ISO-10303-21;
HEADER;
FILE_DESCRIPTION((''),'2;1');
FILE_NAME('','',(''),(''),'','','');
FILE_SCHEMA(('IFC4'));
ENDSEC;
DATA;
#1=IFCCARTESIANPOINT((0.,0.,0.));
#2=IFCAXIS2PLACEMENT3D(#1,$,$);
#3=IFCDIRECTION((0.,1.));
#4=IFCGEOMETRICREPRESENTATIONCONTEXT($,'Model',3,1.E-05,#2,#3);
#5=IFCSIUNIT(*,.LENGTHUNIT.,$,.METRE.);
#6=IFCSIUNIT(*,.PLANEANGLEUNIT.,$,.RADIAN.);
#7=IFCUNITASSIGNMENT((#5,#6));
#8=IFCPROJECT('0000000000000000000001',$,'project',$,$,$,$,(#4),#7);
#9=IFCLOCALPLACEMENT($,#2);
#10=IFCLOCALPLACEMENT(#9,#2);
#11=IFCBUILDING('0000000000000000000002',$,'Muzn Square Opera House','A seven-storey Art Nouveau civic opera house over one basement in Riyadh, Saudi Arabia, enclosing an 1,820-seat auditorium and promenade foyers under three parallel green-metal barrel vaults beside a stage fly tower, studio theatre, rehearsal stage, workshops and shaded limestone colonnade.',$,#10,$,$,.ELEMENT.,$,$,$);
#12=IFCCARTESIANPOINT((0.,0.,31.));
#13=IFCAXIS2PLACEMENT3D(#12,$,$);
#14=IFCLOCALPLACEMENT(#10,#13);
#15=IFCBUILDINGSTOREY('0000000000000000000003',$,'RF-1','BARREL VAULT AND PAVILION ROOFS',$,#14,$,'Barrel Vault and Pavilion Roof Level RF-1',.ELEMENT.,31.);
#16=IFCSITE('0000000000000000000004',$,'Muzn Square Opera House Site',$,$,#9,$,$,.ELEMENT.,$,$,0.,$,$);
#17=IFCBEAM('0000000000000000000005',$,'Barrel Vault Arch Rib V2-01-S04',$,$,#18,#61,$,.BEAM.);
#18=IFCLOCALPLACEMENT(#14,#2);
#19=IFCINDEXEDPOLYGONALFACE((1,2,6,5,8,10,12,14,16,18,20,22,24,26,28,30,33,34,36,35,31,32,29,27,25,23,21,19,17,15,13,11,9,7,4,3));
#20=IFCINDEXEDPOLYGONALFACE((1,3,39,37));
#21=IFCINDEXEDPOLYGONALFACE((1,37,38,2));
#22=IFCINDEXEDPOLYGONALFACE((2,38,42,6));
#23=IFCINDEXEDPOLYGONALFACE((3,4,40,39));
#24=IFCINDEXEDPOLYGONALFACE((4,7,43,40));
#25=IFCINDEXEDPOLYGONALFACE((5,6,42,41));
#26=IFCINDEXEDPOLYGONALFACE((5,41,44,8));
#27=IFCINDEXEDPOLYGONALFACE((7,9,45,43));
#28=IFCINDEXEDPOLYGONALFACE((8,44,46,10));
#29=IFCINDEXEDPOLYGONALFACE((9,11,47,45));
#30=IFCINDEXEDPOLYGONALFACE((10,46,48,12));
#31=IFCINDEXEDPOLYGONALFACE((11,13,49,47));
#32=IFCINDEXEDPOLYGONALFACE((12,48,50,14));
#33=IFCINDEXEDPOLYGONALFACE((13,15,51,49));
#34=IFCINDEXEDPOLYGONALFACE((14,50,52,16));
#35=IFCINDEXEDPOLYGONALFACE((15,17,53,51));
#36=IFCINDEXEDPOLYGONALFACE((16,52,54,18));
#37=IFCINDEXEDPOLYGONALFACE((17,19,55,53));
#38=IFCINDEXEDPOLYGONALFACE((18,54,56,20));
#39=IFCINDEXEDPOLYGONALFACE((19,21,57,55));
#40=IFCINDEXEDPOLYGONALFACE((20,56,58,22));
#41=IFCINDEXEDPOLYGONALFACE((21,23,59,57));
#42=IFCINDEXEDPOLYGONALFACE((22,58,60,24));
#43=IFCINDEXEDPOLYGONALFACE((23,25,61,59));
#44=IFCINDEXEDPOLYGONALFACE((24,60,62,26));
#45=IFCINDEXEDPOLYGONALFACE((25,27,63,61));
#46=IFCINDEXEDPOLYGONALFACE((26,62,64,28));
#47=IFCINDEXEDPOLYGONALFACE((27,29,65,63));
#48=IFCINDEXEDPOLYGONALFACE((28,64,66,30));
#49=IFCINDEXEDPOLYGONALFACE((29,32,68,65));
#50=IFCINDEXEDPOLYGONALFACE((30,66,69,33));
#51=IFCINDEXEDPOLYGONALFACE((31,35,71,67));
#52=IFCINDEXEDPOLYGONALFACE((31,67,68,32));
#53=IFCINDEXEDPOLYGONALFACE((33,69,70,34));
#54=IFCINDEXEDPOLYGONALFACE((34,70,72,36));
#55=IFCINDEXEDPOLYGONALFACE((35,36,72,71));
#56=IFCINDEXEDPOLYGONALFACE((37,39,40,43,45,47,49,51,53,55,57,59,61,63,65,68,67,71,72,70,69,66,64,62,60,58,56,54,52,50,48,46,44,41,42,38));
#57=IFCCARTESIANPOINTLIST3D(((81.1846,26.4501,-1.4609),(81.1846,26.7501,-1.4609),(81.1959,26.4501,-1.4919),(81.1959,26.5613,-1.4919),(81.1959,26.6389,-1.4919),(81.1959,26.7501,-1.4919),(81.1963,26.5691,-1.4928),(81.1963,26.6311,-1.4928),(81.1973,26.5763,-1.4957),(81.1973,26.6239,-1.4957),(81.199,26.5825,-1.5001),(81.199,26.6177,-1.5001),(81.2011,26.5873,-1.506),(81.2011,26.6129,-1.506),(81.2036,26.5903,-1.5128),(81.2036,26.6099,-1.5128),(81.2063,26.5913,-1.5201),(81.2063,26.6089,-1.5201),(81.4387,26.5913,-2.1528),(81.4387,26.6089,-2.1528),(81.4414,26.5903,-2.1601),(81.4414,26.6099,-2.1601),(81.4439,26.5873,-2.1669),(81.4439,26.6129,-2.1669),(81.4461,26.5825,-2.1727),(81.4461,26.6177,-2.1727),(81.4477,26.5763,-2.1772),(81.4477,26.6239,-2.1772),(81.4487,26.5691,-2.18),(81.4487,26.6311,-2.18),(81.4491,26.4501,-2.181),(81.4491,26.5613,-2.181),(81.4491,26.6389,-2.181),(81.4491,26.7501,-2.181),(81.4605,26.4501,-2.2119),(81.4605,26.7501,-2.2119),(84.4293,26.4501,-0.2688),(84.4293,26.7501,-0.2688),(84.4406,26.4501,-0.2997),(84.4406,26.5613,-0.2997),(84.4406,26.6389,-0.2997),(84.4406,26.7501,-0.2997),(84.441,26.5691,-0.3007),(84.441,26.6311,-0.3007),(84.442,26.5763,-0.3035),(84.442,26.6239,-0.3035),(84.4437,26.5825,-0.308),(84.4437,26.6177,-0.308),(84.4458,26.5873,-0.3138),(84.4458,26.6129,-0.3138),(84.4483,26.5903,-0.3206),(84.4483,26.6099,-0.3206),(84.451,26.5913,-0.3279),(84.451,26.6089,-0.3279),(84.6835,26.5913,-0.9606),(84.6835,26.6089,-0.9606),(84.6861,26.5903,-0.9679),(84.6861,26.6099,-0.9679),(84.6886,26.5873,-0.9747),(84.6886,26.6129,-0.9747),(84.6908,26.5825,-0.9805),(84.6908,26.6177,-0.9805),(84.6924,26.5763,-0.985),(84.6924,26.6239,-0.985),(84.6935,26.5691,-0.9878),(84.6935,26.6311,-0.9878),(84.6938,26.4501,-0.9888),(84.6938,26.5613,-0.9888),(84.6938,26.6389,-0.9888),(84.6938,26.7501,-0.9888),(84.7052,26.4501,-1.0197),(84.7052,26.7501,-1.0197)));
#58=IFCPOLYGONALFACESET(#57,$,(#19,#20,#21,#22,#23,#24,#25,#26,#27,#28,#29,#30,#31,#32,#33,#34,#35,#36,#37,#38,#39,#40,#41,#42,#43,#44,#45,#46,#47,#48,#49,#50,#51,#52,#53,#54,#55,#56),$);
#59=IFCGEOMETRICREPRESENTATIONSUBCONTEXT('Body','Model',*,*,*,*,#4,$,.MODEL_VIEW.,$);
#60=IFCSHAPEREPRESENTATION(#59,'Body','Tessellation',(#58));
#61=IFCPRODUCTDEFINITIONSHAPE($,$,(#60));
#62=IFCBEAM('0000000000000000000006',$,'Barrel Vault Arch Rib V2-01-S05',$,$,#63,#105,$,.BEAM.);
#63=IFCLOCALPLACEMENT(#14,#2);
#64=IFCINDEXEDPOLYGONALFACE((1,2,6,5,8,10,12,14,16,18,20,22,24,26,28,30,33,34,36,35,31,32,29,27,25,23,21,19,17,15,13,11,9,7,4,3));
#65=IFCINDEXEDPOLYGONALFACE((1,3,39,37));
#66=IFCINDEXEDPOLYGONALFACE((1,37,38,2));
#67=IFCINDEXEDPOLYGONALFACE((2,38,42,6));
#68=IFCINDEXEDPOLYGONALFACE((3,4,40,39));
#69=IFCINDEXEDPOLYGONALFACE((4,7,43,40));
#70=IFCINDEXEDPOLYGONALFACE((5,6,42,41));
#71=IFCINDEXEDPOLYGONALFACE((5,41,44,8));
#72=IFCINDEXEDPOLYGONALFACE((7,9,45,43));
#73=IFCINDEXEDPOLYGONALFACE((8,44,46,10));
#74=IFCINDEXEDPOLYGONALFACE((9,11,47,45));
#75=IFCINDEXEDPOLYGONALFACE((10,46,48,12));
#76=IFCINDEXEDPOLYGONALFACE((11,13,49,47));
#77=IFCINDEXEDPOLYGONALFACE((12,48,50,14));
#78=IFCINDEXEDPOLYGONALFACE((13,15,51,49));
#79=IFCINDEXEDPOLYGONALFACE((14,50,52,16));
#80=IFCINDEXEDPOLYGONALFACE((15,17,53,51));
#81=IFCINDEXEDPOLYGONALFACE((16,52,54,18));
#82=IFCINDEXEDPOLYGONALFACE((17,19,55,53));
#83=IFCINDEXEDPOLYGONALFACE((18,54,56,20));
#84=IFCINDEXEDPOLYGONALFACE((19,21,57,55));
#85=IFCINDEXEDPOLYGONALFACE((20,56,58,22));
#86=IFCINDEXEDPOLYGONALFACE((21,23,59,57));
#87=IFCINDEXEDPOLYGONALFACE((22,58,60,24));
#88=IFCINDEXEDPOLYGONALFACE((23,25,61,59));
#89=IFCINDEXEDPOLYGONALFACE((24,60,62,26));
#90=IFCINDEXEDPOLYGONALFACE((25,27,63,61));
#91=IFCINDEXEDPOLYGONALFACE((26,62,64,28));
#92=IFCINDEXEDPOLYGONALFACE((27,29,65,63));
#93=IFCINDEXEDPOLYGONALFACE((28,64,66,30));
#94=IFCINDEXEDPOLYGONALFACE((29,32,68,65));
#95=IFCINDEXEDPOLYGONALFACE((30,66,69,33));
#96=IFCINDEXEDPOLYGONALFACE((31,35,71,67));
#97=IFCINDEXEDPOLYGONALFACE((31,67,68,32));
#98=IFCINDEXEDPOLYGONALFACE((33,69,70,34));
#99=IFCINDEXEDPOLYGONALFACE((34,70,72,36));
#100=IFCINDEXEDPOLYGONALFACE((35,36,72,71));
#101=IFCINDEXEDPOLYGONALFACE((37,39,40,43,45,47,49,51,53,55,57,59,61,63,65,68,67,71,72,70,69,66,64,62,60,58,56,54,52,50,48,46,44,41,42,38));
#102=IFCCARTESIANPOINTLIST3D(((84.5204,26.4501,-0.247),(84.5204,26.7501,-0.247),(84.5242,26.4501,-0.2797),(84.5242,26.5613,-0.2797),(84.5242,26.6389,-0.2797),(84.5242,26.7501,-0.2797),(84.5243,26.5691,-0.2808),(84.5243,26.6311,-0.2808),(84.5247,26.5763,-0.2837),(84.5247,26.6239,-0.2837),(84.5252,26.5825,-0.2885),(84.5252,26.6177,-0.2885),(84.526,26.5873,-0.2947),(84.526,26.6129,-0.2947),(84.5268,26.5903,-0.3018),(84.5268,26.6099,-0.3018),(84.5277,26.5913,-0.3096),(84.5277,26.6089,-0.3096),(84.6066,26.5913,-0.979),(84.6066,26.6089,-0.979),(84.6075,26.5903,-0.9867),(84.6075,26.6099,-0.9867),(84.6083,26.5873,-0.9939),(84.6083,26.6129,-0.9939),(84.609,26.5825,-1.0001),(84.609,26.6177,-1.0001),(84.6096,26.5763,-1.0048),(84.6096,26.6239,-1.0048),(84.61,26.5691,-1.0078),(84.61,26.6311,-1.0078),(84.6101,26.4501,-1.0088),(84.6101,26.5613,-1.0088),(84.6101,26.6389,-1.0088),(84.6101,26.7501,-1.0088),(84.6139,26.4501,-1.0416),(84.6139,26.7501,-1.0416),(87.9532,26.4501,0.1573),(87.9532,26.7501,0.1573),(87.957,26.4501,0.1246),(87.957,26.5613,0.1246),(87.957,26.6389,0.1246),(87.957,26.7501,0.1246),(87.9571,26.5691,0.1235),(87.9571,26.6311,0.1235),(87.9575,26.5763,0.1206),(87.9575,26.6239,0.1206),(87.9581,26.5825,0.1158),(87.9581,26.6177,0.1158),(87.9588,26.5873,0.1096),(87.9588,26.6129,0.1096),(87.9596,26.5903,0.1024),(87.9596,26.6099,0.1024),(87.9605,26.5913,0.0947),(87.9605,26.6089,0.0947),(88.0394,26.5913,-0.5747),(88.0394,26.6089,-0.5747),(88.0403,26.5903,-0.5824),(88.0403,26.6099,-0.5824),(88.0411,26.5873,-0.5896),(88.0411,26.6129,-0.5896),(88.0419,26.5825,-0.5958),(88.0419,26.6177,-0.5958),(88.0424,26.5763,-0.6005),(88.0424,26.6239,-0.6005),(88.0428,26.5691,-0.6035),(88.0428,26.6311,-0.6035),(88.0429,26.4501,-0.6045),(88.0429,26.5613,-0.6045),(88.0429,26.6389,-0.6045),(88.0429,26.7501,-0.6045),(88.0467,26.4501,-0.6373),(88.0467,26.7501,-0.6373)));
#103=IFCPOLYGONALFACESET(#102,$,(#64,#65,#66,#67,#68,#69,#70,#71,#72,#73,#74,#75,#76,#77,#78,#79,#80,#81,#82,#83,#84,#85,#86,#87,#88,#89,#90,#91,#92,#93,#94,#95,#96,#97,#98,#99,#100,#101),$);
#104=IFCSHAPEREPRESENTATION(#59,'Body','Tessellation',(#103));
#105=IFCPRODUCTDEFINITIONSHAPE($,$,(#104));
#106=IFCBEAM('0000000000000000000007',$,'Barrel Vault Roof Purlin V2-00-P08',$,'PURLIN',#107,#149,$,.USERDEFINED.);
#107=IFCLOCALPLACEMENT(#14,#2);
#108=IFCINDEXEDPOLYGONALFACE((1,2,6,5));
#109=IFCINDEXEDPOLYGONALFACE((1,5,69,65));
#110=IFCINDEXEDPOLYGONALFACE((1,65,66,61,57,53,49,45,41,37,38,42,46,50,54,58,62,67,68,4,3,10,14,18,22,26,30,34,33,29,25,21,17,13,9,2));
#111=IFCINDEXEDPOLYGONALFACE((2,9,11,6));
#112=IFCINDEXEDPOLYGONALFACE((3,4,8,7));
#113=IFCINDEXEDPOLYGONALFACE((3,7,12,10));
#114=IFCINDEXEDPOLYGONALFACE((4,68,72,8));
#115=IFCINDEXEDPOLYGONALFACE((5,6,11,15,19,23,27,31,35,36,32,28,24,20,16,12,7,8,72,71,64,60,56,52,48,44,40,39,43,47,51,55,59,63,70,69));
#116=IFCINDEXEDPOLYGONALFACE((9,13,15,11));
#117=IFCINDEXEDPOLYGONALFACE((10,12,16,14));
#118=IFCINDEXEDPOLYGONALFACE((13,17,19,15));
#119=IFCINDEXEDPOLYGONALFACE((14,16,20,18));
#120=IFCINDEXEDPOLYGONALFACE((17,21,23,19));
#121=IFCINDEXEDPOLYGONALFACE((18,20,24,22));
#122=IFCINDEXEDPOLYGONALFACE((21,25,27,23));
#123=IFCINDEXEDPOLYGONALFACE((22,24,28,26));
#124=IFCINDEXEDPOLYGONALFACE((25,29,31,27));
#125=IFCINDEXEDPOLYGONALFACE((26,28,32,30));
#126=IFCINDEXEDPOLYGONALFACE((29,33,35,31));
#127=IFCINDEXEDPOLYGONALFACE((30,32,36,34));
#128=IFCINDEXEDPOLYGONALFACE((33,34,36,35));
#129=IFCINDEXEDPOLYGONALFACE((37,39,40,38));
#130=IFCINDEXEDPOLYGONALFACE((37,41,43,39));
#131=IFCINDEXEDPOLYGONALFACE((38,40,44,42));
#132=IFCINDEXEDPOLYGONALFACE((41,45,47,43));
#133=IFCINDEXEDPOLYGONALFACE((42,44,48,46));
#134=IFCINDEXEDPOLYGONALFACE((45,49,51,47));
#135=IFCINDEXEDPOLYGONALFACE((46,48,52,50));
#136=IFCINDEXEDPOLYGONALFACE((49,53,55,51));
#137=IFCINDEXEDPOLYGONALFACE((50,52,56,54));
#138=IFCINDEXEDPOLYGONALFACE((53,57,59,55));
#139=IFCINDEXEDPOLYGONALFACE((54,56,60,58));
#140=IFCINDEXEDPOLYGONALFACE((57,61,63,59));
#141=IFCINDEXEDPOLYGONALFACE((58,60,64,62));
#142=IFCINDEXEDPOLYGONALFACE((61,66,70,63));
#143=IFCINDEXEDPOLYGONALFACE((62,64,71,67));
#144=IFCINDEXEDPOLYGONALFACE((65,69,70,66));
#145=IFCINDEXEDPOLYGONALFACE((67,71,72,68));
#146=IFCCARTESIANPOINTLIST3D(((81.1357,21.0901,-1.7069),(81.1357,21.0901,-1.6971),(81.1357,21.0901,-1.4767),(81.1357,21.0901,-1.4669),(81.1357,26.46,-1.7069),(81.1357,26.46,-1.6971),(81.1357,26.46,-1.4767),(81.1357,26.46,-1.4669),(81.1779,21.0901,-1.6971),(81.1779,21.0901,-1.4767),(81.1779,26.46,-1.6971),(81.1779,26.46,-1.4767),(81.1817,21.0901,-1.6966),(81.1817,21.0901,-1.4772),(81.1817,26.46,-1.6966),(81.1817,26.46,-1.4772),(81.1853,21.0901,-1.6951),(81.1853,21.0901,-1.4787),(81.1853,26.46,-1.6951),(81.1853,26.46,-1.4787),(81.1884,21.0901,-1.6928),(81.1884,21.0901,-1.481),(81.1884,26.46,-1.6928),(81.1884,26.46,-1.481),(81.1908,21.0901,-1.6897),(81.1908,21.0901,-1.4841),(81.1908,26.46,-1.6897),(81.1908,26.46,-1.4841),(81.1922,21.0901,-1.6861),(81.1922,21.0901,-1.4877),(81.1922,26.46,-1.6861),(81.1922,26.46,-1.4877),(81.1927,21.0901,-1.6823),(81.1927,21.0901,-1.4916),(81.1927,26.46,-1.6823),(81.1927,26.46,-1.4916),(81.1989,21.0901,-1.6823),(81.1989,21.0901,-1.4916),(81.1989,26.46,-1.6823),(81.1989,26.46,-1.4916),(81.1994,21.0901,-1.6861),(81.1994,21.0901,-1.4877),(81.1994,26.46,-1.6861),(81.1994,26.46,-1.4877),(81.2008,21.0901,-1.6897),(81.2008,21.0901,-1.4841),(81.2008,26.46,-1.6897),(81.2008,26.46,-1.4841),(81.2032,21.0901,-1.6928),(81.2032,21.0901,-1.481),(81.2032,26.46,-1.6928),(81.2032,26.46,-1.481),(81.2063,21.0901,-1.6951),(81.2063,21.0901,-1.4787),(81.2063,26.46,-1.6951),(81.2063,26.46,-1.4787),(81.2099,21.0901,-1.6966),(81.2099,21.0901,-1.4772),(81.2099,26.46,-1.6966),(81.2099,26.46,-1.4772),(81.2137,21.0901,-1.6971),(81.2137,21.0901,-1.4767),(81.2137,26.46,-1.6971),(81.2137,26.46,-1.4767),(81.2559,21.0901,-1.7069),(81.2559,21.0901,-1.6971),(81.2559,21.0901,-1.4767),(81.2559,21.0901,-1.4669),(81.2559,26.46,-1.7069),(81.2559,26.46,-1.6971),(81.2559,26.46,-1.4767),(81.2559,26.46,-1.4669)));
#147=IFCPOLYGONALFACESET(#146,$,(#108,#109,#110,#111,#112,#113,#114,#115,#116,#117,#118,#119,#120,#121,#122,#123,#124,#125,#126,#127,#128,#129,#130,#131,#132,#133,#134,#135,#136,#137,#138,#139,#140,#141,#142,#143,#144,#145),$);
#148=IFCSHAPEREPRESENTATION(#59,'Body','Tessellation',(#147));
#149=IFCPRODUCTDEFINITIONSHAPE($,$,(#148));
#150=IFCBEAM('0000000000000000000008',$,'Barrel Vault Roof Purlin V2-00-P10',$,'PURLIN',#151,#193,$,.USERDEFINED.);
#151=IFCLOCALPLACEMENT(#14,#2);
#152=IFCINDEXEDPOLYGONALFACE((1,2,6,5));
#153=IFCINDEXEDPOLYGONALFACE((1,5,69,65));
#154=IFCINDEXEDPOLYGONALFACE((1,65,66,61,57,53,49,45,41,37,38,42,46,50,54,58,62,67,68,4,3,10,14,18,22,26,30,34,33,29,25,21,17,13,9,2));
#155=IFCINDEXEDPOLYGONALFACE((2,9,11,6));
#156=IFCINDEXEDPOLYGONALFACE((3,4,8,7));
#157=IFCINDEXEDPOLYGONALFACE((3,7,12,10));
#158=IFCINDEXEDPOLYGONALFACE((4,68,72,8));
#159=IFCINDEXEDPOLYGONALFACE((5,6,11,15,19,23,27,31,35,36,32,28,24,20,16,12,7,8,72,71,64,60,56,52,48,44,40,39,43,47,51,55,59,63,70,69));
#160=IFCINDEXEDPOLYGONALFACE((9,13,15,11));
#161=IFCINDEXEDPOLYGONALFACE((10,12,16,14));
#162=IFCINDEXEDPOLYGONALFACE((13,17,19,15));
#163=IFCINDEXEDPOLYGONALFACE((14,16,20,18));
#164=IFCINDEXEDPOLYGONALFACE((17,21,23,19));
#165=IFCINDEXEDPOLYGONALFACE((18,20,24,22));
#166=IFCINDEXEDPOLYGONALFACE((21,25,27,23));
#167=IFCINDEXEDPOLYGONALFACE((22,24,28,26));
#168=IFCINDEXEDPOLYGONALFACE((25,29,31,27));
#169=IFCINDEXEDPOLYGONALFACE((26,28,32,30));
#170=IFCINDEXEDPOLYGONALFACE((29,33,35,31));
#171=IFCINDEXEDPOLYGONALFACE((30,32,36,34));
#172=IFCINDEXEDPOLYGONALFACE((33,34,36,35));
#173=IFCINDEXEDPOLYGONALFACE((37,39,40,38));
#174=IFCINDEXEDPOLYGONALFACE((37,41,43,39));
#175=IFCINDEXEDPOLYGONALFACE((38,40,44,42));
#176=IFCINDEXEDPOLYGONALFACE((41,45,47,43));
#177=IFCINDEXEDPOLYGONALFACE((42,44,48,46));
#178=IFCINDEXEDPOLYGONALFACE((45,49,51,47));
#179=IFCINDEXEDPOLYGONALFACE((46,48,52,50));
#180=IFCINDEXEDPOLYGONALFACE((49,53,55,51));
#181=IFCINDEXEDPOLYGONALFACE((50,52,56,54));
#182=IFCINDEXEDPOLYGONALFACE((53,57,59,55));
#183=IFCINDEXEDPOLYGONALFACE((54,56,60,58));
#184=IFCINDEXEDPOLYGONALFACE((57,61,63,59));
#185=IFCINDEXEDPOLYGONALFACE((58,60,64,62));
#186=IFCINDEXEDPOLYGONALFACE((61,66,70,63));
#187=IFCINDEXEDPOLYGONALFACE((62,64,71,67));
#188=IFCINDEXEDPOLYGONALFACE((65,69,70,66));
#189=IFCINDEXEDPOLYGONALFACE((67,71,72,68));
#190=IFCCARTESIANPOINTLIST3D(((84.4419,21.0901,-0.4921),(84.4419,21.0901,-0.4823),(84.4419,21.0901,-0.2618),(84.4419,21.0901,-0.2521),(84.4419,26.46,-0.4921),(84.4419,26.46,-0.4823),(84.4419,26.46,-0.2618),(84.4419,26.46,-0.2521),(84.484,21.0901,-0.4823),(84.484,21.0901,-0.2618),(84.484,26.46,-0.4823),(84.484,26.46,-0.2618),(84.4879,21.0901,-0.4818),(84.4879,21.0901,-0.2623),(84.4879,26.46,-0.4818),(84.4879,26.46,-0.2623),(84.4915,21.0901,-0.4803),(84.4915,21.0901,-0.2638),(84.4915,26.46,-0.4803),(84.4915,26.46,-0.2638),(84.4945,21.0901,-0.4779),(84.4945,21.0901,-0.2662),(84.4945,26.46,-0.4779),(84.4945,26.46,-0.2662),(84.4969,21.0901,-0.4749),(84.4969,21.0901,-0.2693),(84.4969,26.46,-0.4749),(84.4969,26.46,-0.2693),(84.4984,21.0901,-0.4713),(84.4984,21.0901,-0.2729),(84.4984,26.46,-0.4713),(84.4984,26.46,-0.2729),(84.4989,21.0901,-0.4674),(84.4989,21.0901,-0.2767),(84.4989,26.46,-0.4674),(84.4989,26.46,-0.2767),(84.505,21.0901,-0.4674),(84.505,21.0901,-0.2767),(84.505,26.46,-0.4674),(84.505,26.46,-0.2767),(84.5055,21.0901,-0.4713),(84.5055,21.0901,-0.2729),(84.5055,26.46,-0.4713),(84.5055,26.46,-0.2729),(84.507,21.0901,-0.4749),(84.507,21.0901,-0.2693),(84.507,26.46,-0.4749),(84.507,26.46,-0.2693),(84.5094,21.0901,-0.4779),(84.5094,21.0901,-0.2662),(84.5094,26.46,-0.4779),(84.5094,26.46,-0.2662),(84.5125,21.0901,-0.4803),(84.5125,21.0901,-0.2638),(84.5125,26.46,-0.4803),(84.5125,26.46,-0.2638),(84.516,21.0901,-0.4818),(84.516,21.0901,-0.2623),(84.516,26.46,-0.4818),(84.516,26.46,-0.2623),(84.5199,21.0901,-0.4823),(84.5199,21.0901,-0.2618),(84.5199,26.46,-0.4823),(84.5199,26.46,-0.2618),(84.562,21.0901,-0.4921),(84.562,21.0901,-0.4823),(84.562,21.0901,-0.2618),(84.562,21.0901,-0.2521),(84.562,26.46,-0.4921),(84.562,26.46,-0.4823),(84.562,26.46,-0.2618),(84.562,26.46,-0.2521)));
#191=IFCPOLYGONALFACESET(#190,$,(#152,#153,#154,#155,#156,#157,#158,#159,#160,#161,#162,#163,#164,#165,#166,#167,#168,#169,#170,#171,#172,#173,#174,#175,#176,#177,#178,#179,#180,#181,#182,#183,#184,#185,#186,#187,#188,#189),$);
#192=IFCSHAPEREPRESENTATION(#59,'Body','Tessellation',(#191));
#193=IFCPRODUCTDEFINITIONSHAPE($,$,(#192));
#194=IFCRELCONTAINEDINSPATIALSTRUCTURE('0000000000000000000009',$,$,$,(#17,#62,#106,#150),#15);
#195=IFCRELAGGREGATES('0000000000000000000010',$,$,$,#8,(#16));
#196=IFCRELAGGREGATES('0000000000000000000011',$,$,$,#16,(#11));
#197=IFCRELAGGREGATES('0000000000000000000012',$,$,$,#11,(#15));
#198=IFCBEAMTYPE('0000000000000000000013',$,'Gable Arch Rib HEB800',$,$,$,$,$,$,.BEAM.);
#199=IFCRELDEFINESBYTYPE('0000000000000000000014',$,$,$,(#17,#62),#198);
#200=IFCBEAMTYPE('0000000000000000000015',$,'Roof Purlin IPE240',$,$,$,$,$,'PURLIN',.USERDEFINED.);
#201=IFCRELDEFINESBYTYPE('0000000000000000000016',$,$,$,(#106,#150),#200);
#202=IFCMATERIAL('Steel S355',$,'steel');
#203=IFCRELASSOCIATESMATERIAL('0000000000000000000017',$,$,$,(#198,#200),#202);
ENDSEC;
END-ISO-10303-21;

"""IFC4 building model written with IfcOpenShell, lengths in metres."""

from ifc_helpers import new_model, si_unit, direction, frame, origin, origin_2d, place, context, subcontext, project, spatial, i_section, extrude, material, material_profile, profile_set, type_object, element, save


model = new_model("IFC4")

# Units and contexts
model_context = context("Model", 3, precision=1e-05, world=origin(), true_north=direction((0.0, 1.0)))
body_context = subcontext(model_context, "Body", "Model", "MODEL_VIEW")
ifc_project = project(units=[si_unit("LENGTHUNIT", "METRE"), si_unit("PLANEANGLEUNIT", "RADIAN")], contexts=[model_context])

# Site, building, storey
site_placement = place(None, origin())
site = spatial("IfcSite", under=ifc_project, at=site_placement, Name="Muzn Square Opera House Site", CompositionType="ELEMENT", RefElevation=0.0)
building_placement = place(site_placement, origin())
building = spatial("IfcBuilding", under=site, at=building_placement, Name="Muzn Square Opera House", Description="A seven-storey Art Nouveau civic opera house over one basement in Riyadh, Saudi Arabia, enclosing an 1,820-seat auditorium and promenade foyers under three parallel green-metal barrel vaults beside a stage fly tower, studio theatre, rehearsal stage, workshops and shaded limestone colonnade.", CompositionType="ELEMENT")
storey_placement = place(building_placement, frame((0.0, 0.0, 31.0)))
storey = spatial("IfcBuildingStorey", under=building, at=storey_placement, Name="RF-1", Description="BARREL VAULT AND PAVILION ROOFS", LongName="Barrel Vault and Pavilion Roof Level RF-1", CompositionType="ELEMENT", Elevation=31.0)

# Beams
ifc_material_1 = material(Name="Steel S355", Category="steel")
ifc_material_profile_1 = material_profile(ifc_material_1, i_section(OverallWidth=0.3, OverallDepth=0.8, WebThickness=0.0176, FlangeThickness=0.033, FilletRadius=0.03, at=origin_2d()), Name="HEB 800", Category="steel")
ifc_profile_set_1 = profile_set([ifc_material_profile_1], Name="Steel S355")
beam_type_1 = type_object("IfcBeamType", Name="Gable Arch Rib HEB800", PredefinedType="BEAM", material=ifc_profile_set_1)
for number, where, z_axis, x_axis, name in (
    (1, (81.3225, 26.6001, -1.8364), (0.938648, 0.0, 0.344877), (0.0, 1.0, 0.0), "Barrel Vault Arch Rib V2-01-S04"),
):
    element("IfcBeam", number, at=place(storey_placement, frame(where, z_axis=z_axis, x_axis=x_axis)), inside=storey, type_object=beam_type_1, Name=name, PredefinedType="BEAM", context=body_context, shape_type="SweptSolid", body=[
        extrude(i_section(OverallWidth=0.3, OverallDepth=0.8, WebThickness=0.0176, FlangeThickness=0.033, FilletRadius=0.03, at=origin_2d()), origin(), (0.0, 0.0, 1.0), 3.4568),
    ])
beam_1_placement = place(storey_placement, frame((84.5671, 26.6001, -0.6443), z_axis=(0.993136, 0.0, 0.116964), x_axis=(0.0, 1.0, 0.0)))
element("IfcBeam", 2, at=beam_1_placement, inside=storey, type_object=beam_type_1, Name="Barrel Vault Arch Rib V2-01-S05", PredefinedType="BEAM", context=body_context, shape_type="SweptSolid", body=[
    extrude(i_section(OverallWidth=0.3, OverallDepth=0.8, WebThickness=0.0176, FlangeThickness=0.033, FilletRadius=0.03, at=origin_2d()), origin(), (0.0, 0.0, 1.0), 3.4565),
])
ifc_material_profile_2 = material_profile(ifc_material_1, i_section(OverallWidth=0.1201, OverallDepth=0.24, WebThickness=0.0061, FlangeThickness=0.0098, FilletRadius=0.0149, at=origin_2d()), Name="IPE 240", Category="steel")
ifc_profile_set_2 = profile_set([ifc_material_profile_2], Name="Steel S355")
beam_type_2 = type_object("IfcBeamType", Name="Roof Purlin IPE240", ElementType="PURLIN", PredefinedType="USERDEFINED", material=ifc_profile_set_2)
for number, where, z_axis, x_axis, name in (
    (3, (81.1958, 21.0901, -1.5869), (0.0, 1.0, 0.0), (-1.0, 0.0, 0.0), "Barrel Vault Roof Purlin V2-00-P08"),
    (4, (84.502, 21.0901, -0.3721), (0.0, 1.0, 0.0), (-1.0, 0.0, 0.0), "Barrel Vault Roof Purlin V2-00-P10"),
):
    element("IfcBeam", number, at=place(storey_placement, frame(where, z_axis=z_axis, x_axis=x_axis)), inside=storey, type_object=beam_type_2, Name=name, ObjectType="PURLIN", PredefinedType="USERDEFINED", context=body_context, shape_type="SweptSolid", body=[
        extrude(i_section(OverallWidth=0.1201, OverallDepth=0.24, WebThickness=0.0061, FlangeThickness=0.0098, FilletRadius=0.0149, at=origin_2d()), origin(), (0.0, 0.0, 1.0), 5.3699),
    ])

save(model, "model.ifc")
